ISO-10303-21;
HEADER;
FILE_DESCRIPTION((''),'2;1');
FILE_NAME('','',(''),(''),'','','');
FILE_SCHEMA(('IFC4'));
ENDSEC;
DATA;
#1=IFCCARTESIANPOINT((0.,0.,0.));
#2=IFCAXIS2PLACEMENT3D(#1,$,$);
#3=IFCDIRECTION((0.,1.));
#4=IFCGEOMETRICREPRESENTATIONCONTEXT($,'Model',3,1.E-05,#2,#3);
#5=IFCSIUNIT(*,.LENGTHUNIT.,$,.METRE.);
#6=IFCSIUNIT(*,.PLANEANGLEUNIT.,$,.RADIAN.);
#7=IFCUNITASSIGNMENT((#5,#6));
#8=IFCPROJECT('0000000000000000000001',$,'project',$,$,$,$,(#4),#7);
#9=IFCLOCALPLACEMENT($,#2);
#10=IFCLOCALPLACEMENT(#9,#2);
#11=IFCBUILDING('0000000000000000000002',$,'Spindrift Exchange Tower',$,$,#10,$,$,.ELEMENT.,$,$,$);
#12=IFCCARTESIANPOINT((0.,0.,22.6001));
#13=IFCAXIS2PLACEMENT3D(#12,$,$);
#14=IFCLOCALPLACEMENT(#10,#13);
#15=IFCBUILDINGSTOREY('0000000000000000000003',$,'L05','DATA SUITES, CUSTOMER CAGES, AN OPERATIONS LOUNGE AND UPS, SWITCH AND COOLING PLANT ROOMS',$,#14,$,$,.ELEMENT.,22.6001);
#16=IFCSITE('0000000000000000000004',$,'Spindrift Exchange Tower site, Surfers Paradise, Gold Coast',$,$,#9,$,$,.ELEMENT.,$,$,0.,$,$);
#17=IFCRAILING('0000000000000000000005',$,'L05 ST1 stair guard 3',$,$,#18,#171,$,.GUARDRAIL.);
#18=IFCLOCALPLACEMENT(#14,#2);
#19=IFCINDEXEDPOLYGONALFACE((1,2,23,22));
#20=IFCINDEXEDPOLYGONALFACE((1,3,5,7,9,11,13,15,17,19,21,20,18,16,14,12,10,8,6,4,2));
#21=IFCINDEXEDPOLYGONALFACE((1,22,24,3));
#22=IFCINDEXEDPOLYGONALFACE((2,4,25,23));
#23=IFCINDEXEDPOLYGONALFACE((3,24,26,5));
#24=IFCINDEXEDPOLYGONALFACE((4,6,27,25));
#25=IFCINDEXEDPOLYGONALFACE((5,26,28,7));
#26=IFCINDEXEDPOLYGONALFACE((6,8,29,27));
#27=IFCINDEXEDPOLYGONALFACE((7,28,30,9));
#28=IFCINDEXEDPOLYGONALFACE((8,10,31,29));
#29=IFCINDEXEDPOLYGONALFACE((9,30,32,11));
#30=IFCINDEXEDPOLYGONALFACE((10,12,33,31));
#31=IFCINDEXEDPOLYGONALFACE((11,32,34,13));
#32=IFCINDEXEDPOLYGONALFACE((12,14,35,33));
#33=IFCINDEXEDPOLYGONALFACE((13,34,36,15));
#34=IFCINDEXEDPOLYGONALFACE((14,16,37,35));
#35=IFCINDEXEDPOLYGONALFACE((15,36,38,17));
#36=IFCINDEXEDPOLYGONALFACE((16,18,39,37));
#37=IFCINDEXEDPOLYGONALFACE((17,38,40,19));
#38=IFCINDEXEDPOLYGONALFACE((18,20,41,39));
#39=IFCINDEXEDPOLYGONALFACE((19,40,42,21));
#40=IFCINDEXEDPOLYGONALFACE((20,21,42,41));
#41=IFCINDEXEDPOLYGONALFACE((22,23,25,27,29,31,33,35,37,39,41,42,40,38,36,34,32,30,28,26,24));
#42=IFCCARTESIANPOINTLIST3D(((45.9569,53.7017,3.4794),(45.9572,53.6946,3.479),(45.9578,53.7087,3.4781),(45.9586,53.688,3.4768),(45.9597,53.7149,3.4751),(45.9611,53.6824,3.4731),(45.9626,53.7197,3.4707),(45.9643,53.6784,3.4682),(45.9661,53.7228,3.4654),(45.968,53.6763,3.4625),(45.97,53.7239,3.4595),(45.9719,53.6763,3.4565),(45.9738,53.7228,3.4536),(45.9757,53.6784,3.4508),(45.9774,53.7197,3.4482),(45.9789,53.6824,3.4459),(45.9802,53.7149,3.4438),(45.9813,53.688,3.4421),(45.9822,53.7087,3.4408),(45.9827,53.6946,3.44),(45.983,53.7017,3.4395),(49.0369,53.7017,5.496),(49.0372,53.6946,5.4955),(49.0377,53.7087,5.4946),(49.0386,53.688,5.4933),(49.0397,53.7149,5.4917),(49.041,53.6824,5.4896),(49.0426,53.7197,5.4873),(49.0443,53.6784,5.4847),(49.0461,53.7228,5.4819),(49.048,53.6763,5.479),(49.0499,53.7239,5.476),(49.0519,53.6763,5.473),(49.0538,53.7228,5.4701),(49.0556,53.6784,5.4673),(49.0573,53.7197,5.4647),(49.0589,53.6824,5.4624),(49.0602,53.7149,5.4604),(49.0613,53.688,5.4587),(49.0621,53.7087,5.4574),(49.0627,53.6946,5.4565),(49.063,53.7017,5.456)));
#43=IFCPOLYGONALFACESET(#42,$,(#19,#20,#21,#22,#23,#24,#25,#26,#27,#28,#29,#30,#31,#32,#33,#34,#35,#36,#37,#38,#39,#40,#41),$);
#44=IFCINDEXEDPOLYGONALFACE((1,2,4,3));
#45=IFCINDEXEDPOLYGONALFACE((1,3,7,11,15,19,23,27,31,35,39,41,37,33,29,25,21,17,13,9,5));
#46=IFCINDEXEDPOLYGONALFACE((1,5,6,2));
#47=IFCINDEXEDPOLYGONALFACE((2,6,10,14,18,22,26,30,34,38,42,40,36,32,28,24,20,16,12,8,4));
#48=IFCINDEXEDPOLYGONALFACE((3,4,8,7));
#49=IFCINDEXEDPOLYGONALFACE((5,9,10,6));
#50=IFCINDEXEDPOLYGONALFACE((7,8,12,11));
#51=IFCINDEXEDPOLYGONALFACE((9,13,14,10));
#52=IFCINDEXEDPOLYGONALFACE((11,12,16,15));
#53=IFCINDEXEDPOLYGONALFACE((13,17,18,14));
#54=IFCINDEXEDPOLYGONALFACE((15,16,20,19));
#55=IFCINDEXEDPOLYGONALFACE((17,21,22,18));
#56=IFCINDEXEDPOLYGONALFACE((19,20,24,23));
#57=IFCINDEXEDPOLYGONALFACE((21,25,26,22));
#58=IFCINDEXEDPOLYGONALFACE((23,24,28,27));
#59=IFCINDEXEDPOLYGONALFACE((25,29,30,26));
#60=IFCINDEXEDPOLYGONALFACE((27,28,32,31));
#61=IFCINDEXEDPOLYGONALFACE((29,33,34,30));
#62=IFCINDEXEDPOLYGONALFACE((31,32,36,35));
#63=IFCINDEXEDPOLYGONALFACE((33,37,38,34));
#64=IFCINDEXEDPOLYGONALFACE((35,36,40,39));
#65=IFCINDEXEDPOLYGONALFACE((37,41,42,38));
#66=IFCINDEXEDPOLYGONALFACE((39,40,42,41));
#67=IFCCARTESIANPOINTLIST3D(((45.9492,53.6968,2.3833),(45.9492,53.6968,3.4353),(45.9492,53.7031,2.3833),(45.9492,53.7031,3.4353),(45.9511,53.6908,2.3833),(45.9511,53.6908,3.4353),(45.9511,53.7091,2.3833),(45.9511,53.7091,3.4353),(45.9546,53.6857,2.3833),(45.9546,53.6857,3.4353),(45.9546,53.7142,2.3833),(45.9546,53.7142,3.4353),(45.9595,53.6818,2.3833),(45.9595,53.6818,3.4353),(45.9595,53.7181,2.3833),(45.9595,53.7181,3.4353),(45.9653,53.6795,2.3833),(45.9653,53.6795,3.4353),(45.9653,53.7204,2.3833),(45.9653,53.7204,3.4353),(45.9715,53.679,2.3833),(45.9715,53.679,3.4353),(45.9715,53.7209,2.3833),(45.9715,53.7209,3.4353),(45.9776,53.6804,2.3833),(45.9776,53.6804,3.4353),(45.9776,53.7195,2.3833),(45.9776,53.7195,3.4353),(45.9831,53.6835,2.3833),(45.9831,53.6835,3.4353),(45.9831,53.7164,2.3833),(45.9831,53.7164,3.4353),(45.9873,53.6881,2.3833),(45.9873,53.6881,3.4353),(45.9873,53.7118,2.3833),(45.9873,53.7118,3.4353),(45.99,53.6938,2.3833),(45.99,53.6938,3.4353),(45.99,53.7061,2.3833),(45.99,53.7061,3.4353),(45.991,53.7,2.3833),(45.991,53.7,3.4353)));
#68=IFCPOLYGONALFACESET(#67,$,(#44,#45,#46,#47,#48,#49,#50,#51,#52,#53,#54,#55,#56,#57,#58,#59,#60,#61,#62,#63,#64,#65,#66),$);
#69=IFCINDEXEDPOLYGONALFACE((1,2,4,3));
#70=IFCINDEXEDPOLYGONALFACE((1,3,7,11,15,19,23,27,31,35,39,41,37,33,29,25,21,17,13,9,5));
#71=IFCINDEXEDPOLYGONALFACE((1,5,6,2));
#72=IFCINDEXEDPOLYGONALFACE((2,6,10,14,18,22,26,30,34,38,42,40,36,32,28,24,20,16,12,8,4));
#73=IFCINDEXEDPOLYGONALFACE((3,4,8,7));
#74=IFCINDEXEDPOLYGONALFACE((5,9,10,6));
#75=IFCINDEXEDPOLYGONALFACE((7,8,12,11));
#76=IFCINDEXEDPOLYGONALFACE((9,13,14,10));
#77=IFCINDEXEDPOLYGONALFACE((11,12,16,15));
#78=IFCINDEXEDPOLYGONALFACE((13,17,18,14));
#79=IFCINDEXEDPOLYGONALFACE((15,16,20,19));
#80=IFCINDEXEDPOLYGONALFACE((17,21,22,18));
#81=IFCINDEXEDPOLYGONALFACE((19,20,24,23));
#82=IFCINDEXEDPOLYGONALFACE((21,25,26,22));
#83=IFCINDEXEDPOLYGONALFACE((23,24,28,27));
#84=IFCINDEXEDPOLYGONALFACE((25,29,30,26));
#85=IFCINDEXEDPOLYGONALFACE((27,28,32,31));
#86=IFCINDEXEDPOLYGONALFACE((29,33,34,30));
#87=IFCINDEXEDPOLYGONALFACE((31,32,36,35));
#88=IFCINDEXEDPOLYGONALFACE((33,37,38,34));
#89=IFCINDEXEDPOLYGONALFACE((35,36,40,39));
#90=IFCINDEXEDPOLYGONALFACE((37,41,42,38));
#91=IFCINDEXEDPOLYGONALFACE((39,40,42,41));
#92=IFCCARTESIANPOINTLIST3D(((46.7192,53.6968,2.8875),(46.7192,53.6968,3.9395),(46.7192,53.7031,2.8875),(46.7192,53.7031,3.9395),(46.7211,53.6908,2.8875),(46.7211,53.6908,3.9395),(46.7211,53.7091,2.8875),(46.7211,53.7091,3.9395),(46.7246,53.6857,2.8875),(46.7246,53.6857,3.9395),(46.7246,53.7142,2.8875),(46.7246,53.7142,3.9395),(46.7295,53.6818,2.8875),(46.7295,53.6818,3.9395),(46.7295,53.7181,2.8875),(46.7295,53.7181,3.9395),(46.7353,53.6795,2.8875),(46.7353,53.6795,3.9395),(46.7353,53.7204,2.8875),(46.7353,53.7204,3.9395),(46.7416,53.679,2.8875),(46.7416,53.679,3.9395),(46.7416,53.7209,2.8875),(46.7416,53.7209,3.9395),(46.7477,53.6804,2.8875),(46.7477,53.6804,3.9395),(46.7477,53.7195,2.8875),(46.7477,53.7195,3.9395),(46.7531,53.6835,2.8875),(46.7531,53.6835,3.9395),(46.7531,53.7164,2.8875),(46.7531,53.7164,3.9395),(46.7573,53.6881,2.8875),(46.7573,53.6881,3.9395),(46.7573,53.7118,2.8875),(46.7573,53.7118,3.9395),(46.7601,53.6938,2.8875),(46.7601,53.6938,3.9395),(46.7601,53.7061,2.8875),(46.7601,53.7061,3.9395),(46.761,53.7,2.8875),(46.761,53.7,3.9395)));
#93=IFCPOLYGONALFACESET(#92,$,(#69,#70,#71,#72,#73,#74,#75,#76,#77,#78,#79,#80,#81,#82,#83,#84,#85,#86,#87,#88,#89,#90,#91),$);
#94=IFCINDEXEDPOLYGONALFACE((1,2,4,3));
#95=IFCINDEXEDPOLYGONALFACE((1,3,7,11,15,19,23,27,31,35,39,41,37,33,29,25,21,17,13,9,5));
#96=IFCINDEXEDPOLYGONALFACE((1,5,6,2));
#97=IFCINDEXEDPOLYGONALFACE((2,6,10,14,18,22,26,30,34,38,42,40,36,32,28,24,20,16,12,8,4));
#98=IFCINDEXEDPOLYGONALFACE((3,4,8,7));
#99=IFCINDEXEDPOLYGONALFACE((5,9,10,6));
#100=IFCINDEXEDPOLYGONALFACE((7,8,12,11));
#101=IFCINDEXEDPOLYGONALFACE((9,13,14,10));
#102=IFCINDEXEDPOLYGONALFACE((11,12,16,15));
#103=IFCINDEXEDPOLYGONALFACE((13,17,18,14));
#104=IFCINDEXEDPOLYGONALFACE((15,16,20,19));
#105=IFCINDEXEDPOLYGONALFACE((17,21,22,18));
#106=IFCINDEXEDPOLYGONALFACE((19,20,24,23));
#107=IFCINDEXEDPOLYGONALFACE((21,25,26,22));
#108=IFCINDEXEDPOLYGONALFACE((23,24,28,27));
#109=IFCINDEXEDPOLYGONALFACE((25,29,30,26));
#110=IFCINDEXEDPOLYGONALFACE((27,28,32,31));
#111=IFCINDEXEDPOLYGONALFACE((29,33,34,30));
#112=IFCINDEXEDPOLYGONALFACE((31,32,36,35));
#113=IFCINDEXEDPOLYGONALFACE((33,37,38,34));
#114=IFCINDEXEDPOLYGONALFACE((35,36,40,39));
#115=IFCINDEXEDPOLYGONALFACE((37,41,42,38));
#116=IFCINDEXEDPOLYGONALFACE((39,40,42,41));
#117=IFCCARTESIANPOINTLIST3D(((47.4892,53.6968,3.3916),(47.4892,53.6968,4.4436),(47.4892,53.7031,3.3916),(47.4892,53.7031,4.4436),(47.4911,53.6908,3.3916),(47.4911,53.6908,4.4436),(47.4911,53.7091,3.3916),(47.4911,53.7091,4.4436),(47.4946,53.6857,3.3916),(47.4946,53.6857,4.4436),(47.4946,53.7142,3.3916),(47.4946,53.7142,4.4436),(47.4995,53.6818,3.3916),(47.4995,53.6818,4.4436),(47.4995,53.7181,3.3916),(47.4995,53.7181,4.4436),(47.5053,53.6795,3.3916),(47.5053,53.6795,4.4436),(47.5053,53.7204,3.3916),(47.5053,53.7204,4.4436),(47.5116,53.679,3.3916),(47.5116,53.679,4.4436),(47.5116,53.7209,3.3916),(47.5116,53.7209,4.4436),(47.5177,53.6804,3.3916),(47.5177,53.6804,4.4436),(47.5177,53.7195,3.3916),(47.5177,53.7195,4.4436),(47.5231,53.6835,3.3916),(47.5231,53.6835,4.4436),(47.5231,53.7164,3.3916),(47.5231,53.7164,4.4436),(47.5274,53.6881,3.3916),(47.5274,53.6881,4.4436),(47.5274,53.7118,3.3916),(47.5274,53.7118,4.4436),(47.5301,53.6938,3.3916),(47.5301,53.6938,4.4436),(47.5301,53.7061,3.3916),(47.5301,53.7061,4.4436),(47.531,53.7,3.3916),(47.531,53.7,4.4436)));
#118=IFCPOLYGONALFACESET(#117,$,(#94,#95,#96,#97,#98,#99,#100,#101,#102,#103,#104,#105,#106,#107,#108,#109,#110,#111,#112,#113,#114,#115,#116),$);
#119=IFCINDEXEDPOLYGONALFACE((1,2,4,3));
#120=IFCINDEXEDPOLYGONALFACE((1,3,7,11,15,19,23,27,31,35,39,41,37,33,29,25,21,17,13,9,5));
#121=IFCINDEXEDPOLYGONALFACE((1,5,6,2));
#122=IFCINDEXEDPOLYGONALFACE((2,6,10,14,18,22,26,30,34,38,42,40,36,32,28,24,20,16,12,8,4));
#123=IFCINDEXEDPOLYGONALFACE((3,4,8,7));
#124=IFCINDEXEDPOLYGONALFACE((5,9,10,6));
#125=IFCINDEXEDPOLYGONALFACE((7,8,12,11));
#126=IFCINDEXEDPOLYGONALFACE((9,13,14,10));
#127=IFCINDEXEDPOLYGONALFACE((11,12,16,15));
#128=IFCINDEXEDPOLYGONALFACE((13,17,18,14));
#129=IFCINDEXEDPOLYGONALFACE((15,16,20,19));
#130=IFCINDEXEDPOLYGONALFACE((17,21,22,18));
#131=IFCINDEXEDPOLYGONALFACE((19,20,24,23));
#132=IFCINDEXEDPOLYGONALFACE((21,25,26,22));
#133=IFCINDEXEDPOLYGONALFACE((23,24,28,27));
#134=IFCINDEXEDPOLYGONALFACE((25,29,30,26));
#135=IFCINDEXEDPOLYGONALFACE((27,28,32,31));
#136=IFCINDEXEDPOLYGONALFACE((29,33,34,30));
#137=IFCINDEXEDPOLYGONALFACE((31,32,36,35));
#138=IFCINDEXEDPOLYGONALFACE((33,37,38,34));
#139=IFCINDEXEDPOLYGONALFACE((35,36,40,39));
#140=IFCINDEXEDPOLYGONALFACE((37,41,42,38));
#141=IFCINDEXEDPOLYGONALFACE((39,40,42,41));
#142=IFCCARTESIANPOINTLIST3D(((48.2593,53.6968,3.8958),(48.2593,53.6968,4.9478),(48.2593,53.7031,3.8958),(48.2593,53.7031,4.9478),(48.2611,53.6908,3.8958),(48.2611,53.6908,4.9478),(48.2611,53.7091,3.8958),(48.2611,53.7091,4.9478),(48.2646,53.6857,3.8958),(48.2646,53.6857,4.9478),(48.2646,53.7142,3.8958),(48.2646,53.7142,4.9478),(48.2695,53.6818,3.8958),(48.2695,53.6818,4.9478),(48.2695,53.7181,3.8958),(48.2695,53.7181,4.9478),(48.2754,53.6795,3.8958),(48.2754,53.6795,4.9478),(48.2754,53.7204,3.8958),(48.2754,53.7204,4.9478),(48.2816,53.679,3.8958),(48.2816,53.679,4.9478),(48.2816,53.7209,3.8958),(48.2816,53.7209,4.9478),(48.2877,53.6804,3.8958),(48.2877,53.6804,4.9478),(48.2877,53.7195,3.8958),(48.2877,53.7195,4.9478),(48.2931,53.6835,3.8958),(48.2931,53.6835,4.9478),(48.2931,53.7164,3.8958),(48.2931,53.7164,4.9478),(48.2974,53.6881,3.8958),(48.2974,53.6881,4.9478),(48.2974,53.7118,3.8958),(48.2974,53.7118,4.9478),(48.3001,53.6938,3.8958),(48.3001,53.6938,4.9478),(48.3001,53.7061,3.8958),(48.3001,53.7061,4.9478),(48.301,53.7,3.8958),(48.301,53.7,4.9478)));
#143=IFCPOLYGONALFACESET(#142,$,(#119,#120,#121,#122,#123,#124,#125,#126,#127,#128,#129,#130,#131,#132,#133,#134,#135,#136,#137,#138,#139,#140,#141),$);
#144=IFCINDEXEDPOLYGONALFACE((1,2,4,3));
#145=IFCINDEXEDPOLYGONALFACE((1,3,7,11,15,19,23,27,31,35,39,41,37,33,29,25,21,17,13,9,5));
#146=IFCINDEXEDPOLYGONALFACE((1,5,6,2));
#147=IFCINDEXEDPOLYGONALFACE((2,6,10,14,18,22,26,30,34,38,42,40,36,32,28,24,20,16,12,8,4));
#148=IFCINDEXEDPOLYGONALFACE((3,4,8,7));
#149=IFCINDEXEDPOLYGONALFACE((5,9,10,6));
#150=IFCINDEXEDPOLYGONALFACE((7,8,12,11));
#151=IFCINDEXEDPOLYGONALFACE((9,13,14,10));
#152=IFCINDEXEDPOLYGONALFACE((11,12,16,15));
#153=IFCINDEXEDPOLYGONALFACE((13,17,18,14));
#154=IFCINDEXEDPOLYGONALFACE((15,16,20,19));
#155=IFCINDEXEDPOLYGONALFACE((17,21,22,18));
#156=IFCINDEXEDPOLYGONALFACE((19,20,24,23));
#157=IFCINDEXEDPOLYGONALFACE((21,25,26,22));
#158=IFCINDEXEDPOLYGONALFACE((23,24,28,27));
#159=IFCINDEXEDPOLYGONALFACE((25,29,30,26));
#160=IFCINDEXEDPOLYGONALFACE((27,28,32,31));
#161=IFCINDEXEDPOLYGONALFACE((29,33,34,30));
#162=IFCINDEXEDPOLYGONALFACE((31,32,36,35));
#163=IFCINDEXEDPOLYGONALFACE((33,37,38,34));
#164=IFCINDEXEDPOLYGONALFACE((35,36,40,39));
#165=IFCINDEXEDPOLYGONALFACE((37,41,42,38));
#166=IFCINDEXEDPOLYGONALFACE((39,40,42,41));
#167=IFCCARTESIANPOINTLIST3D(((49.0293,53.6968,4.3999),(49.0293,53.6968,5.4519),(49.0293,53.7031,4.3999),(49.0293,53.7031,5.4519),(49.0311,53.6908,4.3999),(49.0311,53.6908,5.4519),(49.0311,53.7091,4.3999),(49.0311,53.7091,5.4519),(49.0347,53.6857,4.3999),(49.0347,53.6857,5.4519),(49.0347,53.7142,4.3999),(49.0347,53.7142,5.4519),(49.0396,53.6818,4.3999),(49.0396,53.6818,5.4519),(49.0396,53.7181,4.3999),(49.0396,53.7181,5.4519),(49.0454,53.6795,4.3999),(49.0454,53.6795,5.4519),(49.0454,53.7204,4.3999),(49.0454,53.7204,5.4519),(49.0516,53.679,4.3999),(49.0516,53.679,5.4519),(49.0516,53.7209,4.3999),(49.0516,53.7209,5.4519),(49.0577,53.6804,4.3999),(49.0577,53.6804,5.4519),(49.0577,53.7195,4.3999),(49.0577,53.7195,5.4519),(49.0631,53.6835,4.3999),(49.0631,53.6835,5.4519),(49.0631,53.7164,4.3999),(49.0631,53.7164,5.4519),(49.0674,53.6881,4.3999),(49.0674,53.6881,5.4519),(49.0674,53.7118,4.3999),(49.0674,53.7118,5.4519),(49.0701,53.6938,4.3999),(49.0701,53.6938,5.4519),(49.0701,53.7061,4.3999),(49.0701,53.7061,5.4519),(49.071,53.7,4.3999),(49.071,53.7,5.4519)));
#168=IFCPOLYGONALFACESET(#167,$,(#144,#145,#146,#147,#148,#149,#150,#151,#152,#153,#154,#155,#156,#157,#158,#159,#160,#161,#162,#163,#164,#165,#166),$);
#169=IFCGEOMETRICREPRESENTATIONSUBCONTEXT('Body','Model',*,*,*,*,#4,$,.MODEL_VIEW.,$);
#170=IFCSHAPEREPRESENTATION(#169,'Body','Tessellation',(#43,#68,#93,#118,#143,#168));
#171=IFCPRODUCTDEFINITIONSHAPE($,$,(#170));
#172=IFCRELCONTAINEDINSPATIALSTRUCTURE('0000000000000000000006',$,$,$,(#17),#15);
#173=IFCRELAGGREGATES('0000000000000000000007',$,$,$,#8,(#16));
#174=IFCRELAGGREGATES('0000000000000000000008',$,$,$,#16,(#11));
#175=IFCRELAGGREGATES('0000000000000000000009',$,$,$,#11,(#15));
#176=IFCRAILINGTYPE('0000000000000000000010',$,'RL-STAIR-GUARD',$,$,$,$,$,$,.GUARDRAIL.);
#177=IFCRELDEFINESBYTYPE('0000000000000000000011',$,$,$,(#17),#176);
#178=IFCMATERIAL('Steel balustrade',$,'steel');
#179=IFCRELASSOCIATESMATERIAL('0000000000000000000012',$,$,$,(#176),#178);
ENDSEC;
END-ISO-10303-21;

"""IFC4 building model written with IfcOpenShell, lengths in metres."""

from ifc_helpers import new_model, si_unit, direction, frame, origin, origin_2d, place, context, subcontext, project, spatial, circle, extrude, material, type_object, element, save


model = new_model("IFC4")

# Units and contexts
model_context = context("Model", 3, precision=1e-05, world=origin(), true_north=direction((0.0, 1.0)))
body_context = subcontext(model_context, "Body", "Model", "MODEL_VIEW")
ifc_project = project(units=[si_unit("LENGTHUNIT", "METRE"), si_unit("PLANEANGLEUNIT", "RADIAN")], contexts=[model_context])

# Site, building, storey
site_placement = place(None, origin())
site = spatial("IfcSite", under=ifc_project, at=site_placement, Name="Spindrift Exchange Tower site, Surfers Paradise, Gold Coast", CompositionType="ELEMENT", RefElevation=0.0)
building_placement = place(site_placement, origin())
building = spatial("IfcBuilding", under=site, at=building_placement, Name="Spindrift Exchange Tower", CompositionType="ELEMENT")
storey_placement = place(building_placement, frame((0.0, 0.0, 22.6001)))
storey = spatial("IfcBuildingStorey", under=building, at=storey_placement, Name="L05", Description="DATA SUITES, CUSTOMER CAGES, AN OPERATIONS LOUNGE AND UPS, SWITCH AND COOLING PLANT ROOMS", CompositionType="ELEMENT", Elevation=22.6001)

# Railing
ifc_material_1 = material(Name="Steel balustrade", Category="steel")
railing_type_1 = type_object("IfcRailingType", Name="RL-STAIR-GUARD", PredefinedType="GUARDRAIL", material=ifc_material_1)
railing_1_placement = place(storey_placement, frame((45.97, 53.7, 2.3833)))
element("IfcRailing", 1, at=railing_1_placement, inside=storey, type_object=railing_type_1, Name="L05 ST1 stair guard 3", PredefinedType="GUARDRAIL", context=body_context, shape_type="SweptSolid", body=[
    extrude(circle(Radius=0.0239, at=origin_2d()), frame((0.0, 0.0, 1.0762), z_axis=(0.836633, 0.0, 0.547764), x_axis=(0.0, 1.0, 0.0)), (0.0, 0.0, 1.0), 3.6814),
    extrude(circle(Radius=0.021, at=origin_2d()), origin(), (0.0, 0.0, 1.0), 1.052),
    extrude(circle(Radius=0.021, at=origin_2d()), frame((0.77, 0.0, 0.5042)), (0.0, 0.0, 1.0), 1.052),
    extrude(circle(Radius=0.021, at=origin_2d()), frame((1.54, 0.0, 1.0083)), (0.0, 0.0, 1.0), 1.052),
    extrude(circle(Radius=0.021, at=origin_2d()), frame((2.3101, 0.0, 1.5125)), (0.0, 0.0, 1.0), 1.052),
    extrude(circle(Radius=0.021, at=origin_2d()), frame((3.0801, 0.0, 2.0166)), (0.0, 0.0, 1.0), 1.052),
])

save(model, "model.ifc")
